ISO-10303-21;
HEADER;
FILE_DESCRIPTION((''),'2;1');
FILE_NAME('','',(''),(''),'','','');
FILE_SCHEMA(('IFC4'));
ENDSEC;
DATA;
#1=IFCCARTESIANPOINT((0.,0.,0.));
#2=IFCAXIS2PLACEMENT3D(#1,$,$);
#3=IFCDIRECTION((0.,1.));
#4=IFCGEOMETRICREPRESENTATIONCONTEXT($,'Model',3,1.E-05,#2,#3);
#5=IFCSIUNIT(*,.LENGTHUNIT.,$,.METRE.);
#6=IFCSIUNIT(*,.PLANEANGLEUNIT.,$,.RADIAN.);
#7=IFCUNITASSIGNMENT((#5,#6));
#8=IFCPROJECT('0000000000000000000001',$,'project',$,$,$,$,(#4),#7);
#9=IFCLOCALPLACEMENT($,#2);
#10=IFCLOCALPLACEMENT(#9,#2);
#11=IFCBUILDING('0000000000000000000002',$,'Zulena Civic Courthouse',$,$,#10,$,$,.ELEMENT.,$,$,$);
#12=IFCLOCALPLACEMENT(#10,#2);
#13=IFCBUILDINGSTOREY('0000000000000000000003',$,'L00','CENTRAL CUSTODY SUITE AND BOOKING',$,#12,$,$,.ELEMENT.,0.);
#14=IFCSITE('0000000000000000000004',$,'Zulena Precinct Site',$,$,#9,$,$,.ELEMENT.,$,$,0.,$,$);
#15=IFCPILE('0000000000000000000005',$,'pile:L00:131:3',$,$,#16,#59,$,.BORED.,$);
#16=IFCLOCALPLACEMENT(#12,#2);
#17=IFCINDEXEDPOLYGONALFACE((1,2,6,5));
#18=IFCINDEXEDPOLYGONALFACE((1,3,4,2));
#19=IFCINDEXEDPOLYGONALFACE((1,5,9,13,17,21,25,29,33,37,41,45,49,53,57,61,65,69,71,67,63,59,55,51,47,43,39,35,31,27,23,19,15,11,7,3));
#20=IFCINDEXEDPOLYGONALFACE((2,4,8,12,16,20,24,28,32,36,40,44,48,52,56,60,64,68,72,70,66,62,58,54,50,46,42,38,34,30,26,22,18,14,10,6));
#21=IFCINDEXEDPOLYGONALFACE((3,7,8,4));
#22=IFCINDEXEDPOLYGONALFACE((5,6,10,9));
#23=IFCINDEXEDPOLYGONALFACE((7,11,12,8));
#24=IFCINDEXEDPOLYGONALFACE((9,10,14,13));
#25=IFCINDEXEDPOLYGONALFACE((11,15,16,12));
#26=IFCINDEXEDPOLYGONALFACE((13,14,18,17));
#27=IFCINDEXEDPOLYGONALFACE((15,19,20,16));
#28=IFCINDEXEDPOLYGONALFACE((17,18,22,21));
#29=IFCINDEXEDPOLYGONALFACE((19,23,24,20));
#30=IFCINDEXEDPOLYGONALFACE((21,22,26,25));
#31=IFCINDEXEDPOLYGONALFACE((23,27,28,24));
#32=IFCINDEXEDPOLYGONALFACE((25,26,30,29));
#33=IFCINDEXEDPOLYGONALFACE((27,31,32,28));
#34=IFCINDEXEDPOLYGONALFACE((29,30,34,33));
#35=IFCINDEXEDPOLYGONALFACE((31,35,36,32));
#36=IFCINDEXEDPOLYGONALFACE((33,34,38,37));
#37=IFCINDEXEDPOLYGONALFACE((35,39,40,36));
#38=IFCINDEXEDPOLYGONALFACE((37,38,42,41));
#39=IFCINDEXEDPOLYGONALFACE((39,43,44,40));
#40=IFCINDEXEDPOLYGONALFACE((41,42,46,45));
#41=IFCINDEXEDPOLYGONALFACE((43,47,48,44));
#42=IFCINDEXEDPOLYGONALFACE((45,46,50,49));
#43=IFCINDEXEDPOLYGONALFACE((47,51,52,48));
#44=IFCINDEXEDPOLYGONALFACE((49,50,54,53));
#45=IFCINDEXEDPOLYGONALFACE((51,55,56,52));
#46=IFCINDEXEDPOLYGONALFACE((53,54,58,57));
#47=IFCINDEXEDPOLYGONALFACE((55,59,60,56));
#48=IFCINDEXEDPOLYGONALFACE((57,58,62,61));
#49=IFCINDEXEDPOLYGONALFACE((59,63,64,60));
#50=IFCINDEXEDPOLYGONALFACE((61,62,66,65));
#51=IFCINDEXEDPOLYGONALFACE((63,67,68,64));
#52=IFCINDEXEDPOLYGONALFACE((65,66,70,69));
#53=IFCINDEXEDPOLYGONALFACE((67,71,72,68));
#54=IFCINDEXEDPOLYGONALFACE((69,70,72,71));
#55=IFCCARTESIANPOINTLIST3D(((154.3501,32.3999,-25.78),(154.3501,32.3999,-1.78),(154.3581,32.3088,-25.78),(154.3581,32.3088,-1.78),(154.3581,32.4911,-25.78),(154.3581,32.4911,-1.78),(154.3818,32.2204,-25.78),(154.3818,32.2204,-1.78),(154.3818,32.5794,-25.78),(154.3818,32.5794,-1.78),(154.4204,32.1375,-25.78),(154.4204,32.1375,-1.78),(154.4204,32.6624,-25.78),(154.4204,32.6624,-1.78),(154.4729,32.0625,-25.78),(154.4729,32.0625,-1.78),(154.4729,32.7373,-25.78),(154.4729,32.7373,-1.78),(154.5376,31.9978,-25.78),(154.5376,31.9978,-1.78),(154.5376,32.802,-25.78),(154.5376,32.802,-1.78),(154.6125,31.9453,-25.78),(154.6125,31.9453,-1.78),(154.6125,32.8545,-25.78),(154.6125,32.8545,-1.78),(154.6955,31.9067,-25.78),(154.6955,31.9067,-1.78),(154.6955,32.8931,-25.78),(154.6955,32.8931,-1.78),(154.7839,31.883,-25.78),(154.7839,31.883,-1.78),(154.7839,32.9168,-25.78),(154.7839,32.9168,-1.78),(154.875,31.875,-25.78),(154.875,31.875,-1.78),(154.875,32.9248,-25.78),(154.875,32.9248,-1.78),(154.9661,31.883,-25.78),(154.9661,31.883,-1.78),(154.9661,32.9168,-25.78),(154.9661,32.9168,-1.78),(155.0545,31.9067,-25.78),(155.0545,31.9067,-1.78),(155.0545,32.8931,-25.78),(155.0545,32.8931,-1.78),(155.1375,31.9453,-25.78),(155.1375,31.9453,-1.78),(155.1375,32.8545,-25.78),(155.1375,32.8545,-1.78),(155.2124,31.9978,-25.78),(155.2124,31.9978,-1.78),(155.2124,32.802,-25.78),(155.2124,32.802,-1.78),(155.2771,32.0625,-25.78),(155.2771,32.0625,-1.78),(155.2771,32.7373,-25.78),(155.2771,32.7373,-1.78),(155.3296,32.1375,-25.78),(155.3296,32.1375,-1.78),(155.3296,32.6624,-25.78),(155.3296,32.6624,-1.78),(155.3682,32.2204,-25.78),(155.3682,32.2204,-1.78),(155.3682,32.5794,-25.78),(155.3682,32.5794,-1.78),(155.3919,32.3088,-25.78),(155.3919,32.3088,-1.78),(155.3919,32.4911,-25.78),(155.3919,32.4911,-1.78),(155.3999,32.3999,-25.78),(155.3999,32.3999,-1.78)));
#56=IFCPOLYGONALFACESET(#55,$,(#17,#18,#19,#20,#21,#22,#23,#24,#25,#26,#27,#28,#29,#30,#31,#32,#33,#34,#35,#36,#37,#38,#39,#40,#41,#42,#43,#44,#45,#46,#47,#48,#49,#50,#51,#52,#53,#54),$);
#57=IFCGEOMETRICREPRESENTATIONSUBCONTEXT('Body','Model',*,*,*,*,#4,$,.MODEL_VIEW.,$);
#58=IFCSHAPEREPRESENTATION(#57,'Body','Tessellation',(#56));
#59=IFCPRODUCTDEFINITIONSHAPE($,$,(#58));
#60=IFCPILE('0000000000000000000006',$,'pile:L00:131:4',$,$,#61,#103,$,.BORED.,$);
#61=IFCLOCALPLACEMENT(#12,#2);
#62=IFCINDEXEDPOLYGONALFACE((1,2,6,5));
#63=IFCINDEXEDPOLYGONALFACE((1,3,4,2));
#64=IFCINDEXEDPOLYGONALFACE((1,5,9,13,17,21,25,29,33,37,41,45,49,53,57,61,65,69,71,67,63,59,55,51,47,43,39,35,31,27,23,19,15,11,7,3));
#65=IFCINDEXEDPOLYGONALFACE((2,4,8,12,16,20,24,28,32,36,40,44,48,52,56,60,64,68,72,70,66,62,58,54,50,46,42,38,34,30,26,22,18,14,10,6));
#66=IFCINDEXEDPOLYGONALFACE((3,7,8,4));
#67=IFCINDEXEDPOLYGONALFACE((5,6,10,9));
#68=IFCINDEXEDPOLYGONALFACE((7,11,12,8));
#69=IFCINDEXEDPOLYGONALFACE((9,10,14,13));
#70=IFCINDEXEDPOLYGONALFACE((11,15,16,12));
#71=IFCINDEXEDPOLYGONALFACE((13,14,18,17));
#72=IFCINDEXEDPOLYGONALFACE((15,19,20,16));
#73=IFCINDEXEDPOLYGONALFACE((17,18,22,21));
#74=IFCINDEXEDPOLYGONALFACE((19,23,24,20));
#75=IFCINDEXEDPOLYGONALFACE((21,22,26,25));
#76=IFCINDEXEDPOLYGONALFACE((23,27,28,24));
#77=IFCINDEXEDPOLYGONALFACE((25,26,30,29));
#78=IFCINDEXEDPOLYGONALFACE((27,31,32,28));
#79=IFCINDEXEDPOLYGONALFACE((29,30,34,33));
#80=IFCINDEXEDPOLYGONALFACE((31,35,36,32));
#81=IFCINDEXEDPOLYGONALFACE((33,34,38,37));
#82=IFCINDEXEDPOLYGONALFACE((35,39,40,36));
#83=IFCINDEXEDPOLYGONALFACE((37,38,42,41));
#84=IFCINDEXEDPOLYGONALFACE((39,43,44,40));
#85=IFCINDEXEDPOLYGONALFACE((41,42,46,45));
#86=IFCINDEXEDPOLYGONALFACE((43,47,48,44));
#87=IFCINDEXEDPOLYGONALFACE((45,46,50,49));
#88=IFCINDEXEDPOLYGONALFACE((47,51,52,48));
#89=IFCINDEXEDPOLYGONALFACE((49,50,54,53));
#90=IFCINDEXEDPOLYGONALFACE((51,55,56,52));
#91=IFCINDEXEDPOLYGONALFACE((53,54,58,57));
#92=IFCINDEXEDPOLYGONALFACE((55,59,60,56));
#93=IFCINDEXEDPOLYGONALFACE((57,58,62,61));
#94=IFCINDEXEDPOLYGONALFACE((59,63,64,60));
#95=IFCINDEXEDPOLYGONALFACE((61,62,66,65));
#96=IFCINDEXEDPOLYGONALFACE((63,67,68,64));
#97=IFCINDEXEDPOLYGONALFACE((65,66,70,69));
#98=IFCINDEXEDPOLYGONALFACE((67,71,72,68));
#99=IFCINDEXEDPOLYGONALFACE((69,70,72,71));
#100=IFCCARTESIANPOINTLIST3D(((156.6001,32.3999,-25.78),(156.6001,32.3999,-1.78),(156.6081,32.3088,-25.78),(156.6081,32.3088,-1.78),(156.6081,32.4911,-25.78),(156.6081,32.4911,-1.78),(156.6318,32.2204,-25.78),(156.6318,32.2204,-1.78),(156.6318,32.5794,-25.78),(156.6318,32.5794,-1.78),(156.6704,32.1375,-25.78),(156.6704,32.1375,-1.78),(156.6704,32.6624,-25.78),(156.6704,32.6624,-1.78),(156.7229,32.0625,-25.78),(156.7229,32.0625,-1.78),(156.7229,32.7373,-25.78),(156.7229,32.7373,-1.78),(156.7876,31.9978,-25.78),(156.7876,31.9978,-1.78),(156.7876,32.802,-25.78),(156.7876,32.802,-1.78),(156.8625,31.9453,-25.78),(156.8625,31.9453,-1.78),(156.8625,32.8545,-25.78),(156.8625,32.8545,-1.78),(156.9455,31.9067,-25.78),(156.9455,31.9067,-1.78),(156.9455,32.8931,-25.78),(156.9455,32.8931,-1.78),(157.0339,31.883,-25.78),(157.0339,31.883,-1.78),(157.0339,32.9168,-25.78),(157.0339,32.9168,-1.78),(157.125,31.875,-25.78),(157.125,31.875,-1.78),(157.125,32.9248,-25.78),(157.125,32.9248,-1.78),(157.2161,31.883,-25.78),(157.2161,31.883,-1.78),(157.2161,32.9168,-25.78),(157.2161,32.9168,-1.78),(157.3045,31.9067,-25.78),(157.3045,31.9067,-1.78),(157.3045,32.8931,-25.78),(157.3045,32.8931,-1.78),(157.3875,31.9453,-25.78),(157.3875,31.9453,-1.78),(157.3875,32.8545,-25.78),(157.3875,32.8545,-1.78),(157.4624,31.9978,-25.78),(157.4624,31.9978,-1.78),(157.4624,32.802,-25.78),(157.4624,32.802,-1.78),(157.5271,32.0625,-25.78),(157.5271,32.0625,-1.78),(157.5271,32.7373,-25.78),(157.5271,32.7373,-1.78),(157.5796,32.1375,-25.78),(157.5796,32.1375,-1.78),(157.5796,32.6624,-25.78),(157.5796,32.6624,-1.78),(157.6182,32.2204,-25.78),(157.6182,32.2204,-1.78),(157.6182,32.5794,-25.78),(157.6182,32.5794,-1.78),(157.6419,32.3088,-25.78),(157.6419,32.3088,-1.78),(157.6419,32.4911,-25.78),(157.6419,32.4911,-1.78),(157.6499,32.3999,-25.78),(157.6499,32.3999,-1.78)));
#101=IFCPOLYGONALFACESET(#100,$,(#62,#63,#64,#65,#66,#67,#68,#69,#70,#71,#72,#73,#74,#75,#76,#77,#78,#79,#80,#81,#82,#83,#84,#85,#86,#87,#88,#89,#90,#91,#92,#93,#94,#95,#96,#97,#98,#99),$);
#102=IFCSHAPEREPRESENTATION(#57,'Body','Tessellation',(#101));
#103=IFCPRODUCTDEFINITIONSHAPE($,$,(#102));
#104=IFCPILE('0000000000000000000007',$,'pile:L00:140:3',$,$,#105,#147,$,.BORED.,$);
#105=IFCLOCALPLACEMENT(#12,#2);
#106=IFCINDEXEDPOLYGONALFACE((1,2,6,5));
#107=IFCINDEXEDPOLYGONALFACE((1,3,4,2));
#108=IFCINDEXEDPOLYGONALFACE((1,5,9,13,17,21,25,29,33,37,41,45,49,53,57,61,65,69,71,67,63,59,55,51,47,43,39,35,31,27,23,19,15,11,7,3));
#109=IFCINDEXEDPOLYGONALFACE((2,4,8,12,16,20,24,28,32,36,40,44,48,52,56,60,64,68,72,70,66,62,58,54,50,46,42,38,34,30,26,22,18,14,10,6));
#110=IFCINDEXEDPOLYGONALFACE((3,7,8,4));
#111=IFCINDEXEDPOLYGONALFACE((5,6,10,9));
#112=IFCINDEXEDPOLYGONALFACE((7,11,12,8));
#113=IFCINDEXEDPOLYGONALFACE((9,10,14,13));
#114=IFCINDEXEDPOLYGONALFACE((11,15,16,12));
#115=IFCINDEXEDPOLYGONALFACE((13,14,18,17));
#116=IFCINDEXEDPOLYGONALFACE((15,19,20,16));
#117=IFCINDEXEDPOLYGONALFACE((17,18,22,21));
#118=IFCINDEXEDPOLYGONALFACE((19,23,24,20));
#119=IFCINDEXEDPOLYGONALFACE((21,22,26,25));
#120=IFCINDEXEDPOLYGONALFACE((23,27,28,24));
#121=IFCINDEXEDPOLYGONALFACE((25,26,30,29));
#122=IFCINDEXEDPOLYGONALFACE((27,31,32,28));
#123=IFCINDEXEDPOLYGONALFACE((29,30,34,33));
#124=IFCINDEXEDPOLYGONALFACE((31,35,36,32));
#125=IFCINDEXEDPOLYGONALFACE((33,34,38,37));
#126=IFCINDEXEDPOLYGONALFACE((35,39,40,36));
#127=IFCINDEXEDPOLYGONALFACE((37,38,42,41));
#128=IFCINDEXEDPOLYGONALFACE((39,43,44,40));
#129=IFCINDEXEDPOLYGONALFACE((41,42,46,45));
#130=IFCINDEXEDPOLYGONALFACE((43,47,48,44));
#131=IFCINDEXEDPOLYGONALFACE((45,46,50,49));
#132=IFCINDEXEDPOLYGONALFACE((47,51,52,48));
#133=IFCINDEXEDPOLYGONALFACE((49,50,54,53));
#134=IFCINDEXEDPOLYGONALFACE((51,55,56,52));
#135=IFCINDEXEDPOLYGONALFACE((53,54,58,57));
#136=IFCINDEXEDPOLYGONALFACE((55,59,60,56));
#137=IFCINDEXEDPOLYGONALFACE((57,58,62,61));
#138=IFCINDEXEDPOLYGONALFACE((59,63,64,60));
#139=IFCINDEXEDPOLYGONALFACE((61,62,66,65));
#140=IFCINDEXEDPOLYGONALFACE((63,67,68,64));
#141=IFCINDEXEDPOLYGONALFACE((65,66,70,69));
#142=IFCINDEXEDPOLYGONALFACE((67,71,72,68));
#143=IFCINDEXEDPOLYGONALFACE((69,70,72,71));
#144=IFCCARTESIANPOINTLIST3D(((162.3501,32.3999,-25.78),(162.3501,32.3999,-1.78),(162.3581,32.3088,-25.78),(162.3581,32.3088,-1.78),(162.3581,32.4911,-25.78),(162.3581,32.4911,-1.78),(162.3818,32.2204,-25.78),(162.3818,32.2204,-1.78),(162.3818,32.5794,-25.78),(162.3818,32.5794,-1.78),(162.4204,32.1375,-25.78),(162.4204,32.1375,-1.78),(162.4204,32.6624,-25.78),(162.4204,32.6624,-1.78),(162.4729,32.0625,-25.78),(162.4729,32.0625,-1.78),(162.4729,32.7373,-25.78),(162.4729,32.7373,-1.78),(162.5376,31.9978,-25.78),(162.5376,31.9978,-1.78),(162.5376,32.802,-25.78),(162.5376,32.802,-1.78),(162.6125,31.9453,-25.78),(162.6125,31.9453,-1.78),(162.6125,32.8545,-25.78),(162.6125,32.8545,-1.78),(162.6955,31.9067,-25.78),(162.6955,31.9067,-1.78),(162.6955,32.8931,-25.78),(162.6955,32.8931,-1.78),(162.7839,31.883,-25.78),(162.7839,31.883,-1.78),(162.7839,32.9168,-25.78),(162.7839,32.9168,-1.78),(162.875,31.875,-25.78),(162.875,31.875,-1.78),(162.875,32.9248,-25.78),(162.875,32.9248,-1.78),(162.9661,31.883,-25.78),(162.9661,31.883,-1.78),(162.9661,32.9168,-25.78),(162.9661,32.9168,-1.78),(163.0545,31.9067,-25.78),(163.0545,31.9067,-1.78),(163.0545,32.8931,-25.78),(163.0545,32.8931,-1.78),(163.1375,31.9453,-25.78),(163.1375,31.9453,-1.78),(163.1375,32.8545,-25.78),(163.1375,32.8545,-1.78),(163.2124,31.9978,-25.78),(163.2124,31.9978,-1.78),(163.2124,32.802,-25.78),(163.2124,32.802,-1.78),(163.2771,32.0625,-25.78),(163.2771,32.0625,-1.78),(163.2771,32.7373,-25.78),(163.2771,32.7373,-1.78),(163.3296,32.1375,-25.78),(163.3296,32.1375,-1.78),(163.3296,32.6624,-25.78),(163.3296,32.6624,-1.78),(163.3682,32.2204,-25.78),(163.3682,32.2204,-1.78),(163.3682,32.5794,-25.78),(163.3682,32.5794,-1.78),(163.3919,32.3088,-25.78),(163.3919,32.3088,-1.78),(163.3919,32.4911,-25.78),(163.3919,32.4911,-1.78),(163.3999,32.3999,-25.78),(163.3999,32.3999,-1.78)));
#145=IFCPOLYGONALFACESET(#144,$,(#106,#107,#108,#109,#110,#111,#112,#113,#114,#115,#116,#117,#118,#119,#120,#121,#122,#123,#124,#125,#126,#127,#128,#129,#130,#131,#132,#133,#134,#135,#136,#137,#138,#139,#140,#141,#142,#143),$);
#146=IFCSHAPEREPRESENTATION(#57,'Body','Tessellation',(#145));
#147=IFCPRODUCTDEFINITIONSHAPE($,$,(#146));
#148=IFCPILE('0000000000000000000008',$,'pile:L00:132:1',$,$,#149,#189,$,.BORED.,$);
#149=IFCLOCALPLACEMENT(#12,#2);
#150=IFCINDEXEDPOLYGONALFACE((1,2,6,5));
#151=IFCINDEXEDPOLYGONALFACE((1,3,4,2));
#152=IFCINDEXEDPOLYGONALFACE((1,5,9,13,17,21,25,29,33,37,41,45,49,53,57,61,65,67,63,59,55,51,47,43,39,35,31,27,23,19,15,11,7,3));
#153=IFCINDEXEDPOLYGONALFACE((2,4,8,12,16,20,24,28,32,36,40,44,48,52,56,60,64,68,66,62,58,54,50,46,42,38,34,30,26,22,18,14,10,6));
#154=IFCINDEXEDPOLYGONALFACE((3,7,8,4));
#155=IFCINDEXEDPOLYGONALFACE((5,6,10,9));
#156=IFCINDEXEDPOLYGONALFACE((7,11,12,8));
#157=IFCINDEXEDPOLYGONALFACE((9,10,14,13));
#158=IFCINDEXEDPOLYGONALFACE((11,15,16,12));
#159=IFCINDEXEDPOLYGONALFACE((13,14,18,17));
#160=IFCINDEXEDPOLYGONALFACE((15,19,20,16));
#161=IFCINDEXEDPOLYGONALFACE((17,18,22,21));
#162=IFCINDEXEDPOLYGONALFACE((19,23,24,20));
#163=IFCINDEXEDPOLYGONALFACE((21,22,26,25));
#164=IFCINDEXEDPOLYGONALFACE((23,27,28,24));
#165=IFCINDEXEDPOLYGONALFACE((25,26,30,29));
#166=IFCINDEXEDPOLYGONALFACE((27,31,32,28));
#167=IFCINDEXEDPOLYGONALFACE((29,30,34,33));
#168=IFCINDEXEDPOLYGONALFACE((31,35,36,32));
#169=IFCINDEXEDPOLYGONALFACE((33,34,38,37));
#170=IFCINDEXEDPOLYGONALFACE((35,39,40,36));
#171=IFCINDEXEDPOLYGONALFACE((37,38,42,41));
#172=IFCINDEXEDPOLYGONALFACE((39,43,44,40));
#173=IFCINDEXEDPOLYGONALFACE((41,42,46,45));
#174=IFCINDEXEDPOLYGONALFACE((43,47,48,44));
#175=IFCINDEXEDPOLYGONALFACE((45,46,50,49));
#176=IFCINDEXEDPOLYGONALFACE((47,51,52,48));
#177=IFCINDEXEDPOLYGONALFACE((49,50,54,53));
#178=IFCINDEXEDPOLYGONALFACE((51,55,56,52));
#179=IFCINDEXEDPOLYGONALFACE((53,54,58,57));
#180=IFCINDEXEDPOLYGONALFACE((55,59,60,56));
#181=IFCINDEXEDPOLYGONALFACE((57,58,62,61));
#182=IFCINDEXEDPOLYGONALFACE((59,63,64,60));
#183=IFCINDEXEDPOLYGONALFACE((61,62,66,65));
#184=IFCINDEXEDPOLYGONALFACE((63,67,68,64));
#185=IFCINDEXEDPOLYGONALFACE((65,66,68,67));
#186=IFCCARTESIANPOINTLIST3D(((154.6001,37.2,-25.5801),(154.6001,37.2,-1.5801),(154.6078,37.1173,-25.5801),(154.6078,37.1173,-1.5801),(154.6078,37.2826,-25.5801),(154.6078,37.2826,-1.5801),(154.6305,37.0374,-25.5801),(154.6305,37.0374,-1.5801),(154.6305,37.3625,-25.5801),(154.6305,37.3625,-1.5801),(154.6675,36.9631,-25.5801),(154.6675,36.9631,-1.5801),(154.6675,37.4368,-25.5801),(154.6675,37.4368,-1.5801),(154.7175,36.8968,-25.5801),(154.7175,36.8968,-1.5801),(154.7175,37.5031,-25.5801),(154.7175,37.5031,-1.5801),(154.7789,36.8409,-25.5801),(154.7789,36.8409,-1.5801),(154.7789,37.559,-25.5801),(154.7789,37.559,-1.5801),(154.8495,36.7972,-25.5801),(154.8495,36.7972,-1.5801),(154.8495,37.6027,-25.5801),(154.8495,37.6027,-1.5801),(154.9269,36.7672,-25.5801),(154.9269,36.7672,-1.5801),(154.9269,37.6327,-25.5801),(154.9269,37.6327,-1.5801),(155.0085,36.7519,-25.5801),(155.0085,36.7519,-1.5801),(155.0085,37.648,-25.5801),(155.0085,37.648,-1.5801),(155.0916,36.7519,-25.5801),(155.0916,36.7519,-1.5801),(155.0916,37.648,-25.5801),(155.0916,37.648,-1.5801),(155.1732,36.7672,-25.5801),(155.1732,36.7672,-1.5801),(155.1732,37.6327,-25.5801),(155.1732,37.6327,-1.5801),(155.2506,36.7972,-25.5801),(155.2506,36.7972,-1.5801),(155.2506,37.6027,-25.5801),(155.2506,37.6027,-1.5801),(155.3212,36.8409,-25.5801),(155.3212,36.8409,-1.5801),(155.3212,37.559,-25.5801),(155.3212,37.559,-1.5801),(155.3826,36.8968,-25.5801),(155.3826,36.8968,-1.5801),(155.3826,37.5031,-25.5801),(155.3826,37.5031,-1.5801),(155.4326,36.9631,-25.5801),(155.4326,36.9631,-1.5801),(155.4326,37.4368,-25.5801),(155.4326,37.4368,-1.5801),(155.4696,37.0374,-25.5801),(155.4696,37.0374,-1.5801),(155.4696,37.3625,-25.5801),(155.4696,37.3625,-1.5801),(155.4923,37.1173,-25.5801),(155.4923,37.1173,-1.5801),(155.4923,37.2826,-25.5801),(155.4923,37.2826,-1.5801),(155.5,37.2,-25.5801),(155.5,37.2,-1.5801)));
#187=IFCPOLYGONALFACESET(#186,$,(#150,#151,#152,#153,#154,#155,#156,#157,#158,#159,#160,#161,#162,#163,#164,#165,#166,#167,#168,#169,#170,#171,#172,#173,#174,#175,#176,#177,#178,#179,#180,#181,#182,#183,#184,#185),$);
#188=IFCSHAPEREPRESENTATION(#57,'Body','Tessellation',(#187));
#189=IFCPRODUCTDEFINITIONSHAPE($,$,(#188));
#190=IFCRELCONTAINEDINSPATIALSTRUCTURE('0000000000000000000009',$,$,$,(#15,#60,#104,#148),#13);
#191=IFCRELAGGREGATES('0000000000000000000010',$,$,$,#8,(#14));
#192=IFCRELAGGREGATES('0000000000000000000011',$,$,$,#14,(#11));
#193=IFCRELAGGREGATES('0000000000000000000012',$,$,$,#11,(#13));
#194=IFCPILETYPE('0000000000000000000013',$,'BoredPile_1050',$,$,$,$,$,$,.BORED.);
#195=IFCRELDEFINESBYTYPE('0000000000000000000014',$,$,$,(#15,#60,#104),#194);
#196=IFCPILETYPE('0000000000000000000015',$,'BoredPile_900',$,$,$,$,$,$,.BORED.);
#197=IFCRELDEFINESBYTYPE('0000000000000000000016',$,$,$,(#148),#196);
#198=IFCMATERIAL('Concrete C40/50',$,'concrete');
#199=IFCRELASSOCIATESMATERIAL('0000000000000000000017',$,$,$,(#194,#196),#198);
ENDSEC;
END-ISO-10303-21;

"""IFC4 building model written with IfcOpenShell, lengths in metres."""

from ifc_helpers import new_model, si_unit, direction, frame, origin, origin_2d, place, context, subcontext, project, spatial, circle, extrude, material, material_profile, profile_set, type_object, element, save


model = new_model("IFC4")

# Units and contexts
model_context = context("Model", 3, precision=1e-05, world=origin(), true_north=direction((0.0, 1.0)))
body_context = subcontext(model_context, "Body", "Model", "MODEL_VIEW")
ifc_project = project(units=[si_unit("LENGTHUNIT", "METRE"), si_unit("PLANEANGLEUNIT", "RADIAN")], contexts=[model_context])

# Site, building, storey
site_placement = place(None, origin())
site = spatial("IfcSite", under=ifc_project, at=site_placement, Name="Zulena Precinct Site", CompositionType="ELEMENT", RefElevation=0.0)
building_placement = place(site_placement, origin())
building = spatial("IfcBuilding", under=site, at=building_placement, Name="Zulena Civic Courthouse", CompositionType="ELEMENT")
storey_placement = place(building_placement, origin())
storey = spatial("IfcBuildingStorey", under=building, at=storey_placement, Name="L00", Description="CENTRAL CUSTODY SUITE AND BOOKING", CompositionType="ELEMENT", Elevation=0.0)

# Piles
ifc_material_1 = material(Name="Concrete C40/50", Category="concrete")
ifc_material_profile_1 = material_profile(ifc_material_1, circle(Radius=0.5249, at=origin_2d()), Name="PILE1050")
ifc_profile_set_1 = profile_set([ifc_material_profile_1], Name="Concrete C40/50")
pile_type_1 = type_object("IfcPileType", Name="BoredPile_1050", PredefinedType="BORED", material=ifc_profile_set_1)
for number, where, z_axis, x_axis, name in (
    (1, (154.875, 32.3999, -1.78), (0.0, 0.0, -1.0), (1.0, 0.0, 0.0), "pile:L00:131:3"),
    (2, (157.125, 32.3999, -1.78), (0.0, 0.0, -1.0), (1.0, 0.0, 0.0), "pile:L00:131:4"),
    (3, (162.875, 32.3999, -1.78), (0.0, 0.0, -1.0), (1.0, 0.0, 0.0), "pile:L00:140:3"),
):
    element("IfcPile", number, at=place(storey_placement, frame(where, z_axis=z_axis, x_axis=x_axis)), inside=storey, type_object=pile_type_1, Name=name, PredefinedType="BORED", context=body_context, shape_type="SweptSolid", body=[
        extrude(circle(Radius=0.5249, at=origin_2d()), origin(), (0.0, 0.0, 1.0), 24.0),
    ])
ifc_material_profile_2 = material_profile(ifc_material_1, circle(Radius=0.45, at=origin_2d()), Name="PILE900")
ifc_profile_set_2 = profile_set([ifc_material_profile_2], Name="Concrete C40/50")
pile_type_2 = type_object("IfcPileType", Name="BoredPile_900", PredefinedType="BORED", material=ifc_profile_set_2)
for number, where, z_axis, x_axis, name in (
    (4, (155.05, 37.2, -1.5801), (0.0, 0.0, -1.0), (1.0, 0.0, 0.0), "pile:L00:132:1"),
):
    element("IfcPile", number, at=place(storey_placement, frame(where, z_axis=z_axis, x_axis=x_axis)), inside=storey, type_object=pile_type_2, Name=name, PredefinedType="BORED", context=body_context, shape_type="SweptSolid", body=[
        extrude(circle(Radius=0.45, at=origin_2d()), origin(), (0.0, 0.0, 1.0), 24.0),
    ])

save(model, "model.ifc")
